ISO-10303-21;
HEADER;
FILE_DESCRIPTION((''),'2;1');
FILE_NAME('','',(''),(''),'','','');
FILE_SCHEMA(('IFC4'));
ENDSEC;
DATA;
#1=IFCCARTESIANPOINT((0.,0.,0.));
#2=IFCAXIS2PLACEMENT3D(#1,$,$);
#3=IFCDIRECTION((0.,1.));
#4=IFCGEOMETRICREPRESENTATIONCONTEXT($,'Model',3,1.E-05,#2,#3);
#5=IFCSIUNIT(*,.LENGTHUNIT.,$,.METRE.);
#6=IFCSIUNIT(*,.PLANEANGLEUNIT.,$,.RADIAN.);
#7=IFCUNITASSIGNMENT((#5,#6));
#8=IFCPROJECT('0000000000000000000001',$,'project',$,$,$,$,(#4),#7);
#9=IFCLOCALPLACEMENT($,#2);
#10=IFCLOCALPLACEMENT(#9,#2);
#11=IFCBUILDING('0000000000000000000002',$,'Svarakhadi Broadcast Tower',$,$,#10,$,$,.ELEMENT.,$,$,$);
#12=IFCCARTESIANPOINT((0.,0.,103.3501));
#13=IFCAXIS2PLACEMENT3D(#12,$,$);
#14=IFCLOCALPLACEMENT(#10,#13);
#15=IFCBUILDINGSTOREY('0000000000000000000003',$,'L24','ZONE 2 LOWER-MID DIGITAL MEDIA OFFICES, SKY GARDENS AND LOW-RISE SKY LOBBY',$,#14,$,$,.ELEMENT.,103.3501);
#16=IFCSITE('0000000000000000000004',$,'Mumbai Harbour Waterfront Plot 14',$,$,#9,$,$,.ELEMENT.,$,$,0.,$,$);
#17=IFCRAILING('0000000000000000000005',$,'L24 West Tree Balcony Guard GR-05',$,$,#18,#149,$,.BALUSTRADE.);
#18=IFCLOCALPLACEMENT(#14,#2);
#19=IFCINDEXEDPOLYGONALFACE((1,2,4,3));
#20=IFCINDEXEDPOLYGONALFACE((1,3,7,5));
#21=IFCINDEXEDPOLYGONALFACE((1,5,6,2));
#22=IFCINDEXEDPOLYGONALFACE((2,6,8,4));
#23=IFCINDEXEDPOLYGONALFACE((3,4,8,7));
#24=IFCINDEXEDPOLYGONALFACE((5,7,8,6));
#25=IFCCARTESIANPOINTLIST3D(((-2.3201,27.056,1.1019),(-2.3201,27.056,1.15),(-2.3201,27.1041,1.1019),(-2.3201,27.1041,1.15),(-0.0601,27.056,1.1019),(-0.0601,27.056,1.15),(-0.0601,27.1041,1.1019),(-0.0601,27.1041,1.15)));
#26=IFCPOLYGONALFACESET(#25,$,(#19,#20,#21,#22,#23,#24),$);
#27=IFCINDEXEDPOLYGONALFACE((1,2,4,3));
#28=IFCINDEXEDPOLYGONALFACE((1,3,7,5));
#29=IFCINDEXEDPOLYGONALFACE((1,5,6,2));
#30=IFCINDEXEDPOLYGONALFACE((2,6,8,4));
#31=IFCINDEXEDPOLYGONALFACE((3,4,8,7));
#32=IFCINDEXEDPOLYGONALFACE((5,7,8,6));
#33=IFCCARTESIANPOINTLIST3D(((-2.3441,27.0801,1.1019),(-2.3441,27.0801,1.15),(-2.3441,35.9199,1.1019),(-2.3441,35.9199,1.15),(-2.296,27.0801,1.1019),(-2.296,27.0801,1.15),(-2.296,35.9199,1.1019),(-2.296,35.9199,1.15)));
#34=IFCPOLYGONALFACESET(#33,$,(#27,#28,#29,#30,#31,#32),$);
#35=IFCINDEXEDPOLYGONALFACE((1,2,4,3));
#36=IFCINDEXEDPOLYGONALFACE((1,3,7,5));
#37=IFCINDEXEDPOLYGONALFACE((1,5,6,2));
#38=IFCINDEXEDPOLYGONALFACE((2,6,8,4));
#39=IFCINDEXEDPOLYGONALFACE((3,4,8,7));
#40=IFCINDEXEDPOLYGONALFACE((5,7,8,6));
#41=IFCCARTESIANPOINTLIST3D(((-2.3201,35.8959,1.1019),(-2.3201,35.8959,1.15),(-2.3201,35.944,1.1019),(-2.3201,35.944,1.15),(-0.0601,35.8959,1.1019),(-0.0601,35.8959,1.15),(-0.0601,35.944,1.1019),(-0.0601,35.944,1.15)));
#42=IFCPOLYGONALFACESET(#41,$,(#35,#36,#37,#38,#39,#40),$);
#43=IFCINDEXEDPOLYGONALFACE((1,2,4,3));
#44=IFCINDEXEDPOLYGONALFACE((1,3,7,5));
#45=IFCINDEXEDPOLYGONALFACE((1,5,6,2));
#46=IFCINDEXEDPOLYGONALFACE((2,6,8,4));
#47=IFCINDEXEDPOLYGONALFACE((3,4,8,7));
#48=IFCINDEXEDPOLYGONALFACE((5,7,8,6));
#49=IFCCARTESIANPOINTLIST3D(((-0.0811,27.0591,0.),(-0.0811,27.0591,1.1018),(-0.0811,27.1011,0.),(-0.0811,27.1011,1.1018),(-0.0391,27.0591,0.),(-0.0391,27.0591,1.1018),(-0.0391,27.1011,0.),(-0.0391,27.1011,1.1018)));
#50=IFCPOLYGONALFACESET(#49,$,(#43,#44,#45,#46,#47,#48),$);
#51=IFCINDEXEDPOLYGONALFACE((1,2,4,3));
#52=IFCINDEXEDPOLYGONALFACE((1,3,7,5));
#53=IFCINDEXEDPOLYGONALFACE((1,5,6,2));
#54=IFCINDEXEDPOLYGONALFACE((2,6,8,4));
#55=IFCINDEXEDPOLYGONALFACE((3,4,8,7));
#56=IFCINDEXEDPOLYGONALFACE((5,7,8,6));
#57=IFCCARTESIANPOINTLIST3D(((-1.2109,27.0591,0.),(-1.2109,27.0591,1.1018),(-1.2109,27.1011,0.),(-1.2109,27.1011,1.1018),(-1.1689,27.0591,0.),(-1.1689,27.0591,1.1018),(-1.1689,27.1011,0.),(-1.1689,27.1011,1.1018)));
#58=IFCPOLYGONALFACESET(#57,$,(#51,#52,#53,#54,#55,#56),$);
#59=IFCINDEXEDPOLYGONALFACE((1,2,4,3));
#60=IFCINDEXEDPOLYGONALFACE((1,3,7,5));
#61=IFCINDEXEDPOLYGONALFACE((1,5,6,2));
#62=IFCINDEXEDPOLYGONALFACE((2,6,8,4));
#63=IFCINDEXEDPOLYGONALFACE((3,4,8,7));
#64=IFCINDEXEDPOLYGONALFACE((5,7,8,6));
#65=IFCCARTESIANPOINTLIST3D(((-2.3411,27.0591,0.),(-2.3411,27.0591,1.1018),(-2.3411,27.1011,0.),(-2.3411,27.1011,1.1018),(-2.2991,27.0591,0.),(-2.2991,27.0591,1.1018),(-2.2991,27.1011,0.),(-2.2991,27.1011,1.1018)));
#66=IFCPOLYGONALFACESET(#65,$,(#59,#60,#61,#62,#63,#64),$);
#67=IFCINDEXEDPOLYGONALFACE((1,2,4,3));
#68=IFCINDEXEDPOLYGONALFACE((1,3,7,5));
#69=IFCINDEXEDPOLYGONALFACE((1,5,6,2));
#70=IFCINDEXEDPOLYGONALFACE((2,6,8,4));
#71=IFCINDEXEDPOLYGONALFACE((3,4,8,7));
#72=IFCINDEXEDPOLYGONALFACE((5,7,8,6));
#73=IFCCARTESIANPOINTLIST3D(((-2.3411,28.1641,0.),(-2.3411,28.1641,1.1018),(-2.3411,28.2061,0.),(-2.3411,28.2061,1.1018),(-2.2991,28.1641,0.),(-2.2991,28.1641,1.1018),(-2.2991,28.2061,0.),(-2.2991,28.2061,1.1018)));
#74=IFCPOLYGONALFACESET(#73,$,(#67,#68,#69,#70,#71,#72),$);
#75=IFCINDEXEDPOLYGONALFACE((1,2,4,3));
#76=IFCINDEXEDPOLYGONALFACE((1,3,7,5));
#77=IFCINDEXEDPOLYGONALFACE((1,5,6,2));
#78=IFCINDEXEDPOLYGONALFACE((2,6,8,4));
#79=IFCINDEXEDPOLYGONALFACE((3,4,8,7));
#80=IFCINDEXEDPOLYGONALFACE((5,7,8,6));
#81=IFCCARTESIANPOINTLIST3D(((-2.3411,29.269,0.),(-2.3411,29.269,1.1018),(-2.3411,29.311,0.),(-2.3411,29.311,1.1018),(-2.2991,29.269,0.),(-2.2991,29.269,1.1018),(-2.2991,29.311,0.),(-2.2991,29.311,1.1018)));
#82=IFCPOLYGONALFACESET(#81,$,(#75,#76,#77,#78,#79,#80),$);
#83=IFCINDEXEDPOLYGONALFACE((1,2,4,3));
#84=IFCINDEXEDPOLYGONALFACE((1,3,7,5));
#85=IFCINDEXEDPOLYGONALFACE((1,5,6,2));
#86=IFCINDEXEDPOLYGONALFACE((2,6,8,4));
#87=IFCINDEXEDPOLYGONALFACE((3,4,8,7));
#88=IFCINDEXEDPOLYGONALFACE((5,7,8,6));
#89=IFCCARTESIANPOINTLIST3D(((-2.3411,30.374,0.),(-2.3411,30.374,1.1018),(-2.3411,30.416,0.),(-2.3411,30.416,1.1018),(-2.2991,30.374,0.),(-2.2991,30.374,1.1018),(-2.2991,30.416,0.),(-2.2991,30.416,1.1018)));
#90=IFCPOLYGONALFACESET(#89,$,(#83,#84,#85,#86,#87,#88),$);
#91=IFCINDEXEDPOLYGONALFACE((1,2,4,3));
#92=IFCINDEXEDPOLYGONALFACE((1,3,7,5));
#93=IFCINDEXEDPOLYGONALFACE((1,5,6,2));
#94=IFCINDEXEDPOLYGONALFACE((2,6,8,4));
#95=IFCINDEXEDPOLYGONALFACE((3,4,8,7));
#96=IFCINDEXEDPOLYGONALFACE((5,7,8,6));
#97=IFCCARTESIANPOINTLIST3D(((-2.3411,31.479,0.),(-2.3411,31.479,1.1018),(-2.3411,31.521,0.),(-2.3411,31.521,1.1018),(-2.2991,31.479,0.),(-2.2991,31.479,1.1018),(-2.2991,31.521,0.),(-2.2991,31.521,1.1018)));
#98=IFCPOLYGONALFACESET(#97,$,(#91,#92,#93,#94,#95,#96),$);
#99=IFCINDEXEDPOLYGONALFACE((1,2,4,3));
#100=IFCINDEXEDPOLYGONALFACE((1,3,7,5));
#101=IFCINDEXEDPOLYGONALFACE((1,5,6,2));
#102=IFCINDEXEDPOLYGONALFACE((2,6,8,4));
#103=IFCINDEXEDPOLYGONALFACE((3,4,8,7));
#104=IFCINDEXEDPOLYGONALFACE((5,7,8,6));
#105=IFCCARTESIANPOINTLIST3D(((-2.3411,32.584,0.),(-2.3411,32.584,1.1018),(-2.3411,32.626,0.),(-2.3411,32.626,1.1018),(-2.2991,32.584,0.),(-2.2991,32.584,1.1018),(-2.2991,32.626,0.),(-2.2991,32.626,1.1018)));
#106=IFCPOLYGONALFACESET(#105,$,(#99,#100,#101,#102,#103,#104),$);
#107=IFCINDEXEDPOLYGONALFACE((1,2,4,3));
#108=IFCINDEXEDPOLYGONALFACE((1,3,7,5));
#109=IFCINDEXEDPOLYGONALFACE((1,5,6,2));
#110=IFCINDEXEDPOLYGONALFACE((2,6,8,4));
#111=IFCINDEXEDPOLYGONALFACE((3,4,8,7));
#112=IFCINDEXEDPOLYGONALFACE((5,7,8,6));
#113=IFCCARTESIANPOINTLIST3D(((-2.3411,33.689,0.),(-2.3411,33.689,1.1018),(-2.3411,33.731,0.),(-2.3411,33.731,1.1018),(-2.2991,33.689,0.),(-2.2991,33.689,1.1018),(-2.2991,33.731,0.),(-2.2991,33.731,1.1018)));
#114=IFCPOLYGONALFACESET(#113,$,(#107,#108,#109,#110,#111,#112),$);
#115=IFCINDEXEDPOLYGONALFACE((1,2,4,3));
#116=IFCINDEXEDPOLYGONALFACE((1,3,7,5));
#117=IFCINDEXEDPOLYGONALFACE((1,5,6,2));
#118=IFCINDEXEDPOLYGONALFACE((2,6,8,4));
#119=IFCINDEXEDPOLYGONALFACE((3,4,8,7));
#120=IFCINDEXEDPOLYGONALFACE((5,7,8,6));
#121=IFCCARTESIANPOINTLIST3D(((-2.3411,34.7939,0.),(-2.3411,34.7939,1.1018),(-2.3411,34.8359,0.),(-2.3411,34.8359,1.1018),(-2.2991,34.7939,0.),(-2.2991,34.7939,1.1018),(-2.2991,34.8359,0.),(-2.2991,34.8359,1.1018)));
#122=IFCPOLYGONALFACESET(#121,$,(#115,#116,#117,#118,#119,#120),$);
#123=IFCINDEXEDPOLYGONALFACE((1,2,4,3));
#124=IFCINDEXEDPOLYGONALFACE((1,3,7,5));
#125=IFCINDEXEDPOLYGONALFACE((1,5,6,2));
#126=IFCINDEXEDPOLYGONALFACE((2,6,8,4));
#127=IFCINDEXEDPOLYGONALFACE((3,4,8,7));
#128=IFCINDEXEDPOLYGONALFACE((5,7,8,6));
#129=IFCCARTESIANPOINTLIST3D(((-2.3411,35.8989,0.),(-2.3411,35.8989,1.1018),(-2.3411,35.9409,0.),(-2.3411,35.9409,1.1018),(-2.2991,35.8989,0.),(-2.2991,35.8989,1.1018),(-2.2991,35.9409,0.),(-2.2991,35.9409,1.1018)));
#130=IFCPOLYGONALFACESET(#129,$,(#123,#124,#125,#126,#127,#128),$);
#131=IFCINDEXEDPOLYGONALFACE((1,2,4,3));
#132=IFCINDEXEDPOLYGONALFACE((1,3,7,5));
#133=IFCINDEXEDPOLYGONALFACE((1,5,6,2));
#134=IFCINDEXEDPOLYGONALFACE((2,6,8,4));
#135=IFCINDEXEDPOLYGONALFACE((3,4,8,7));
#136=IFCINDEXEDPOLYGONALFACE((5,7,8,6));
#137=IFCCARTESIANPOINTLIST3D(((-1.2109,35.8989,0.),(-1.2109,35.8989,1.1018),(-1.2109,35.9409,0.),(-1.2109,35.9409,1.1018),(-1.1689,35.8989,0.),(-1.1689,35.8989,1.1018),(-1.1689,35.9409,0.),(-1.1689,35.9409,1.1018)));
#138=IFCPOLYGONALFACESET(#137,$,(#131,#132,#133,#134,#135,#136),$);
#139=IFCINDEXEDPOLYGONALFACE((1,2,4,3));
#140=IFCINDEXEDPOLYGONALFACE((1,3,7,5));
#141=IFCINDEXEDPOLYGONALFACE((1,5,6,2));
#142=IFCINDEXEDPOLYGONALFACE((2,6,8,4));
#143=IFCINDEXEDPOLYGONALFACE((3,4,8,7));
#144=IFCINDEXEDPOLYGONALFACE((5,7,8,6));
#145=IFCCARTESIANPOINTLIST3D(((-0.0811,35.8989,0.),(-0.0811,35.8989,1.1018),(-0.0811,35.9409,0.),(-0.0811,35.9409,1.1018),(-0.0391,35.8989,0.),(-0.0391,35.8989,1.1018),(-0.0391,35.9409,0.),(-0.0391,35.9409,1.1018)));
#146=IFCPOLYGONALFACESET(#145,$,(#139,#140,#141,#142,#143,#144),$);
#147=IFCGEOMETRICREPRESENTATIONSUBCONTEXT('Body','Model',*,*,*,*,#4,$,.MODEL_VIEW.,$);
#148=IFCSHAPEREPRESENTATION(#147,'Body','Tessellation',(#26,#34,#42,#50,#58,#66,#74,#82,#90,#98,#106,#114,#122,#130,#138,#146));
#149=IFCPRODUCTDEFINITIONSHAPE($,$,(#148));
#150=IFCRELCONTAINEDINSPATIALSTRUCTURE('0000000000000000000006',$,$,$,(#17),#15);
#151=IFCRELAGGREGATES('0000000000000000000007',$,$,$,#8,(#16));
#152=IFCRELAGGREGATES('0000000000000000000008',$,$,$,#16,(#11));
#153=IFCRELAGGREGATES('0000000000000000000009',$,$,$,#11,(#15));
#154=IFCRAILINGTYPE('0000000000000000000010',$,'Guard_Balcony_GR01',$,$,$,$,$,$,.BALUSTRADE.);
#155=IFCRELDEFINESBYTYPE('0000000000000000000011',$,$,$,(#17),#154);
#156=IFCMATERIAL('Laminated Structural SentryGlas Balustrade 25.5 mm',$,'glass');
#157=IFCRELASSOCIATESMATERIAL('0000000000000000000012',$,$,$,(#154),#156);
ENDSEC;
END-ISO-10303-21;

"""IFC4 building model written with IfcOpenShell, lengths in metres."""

from ifc_helpers import new_model, si_unit, direction, frame, origin, origin_2d, place, context, subcontext, project, spatial, rectangle, extrude, material, type_object, element, save


model = new_model("IFC4")

# Units and contexts
model_context = context("Model", 3, precision=1e-05, world=origin(), true_north=direction((0.0, 1.0)))
body_context = subcontext(model_context, "Body", "Model", "MODEL_VIEW")
ifc_project = project(units=[si_unit("LENGTHUNIT", "METRE"), si_unit("PLANEANGLEUNIT", "RADIAN")], contexts=[model_context])

# Site, building, storey
site_placement = place(None, origin())
site = spatial("IfcSite", under=ifc_project, at=site_placement, Name="Mumbai Harbour Waterfront Plot 14", CompositionType="ELEMENT", RefElevation=0.0)
building_placement = place(site_placement, origin())
building = spatial("IfcBuilding", under=site, at=building_placement, Name="Svarakhadi Broadcast Tower", CompositionType="ELEMENT")
storey_placement = place(building_placement, frame((0.0, 0.0, 103.3501)))
storey = spatial("IfcBuildingStorey", under=building, at=storey_placement, Name="L24", Description="ZONE 2 LOWER-MID DIGITAL MEDIA OFFICES, SKY GARDENS AND LOW-RISE SKY LOBBY", CompositionType="ELEMENT", Elevation=103.3501)

# Railing
ifc_material_1 = material(Name="Laminated Structural SentryGlas Balustrade 25.5 mm", Category="glass")
railing_type = type_object("IfcRailingType", Name="Guard_Balcony_GR01", PredefinedType="BALUSTRADE", material=ifc_material_1)
railing_placement = place(storey_placement, frame((-0.0601, 27.0801, 0.0)))
element("IfcRailing", 1, at=railing_placement, inside=storey, type_object=railing_type, Name="L24 West Tree Balcony Guard GR-05", PredefinedType="BALUSTRADE", context=body_context, shape_type="SweptSolid", body=[
    extrude(rectangle(XDim=0.0481, YDim=0.0481, at=origin_2d()), frame((0.0, 0.0, 1.126), z_axis=(-1.0, 0.0, 0.0), x_axis=(0.0, -1.0, 0.0)), (0.0, 0.0, 1.0), 2.26),
    extrude(rectangle(XDim=0.0481, YDim=0.0481, at=origin_2d()), frame((-2.26, 0.0, 1.126), z_axis=(0.0, 1.0, 0.0), x_axis=(-1.0, 0.0, 0.0)), (0.0, 0.0, 1.0), 8.8398),
    extrude(rectangle(XDim=0.0481, YDim=0.0481, at=origin_2d()), frame((-2.26, 8.8398, 1.126), z_axis=(1.0, 0.0, 0.0), x_axis=(0.0, 1.0, 0.0)), (0.0, 0.0, 1.0), 2.26),
    extrude(rectangle(XDim=0.042, YDim=0.042, at=origin_2d()), origin(), (0.0, 0.0, 1.0), 1.1018),
    extrude(rectangle(XDim=0.042, YDim=0.042, at=origin_2d()), frame((-1.1299, 0.0, 0.0)), (0.0, 0.0, 1.0), 1.1018),
    extrude(rectangle(XDim=0.042, YDim=0.042, at=origin_2d()), frame((-2.26, 0.0, 0.0)), (0.0, 0.0, 1.0), 1.1018),
    extrude(rectangle(XDim=0.042, YDim=0.042, at=origin_2d()), frame((-2.26, 1.105, 0.0)), (0.0, 0.0, 1.0), 1.1018),
    extrude(rectangle(XDim=0.042, YDim=0.042, at=origin_2d()), frame((-2.26, 2.21, 0.0)), (0.0, 0.0, 1.0), 1.1018),
    extrude(rectangle(XDim=0.042, YDim=0.042, at=origin_2d()), frame((-2.26, 3.3149, 0.0)), (0.0, 0.0, 1.0), 1.1018),
    extrude(rectangle(XDim=0.042, YDim=0.042, at=origin_2d()), frame((-2.26, 4.4199, 0.0)), (0.0, 0.0, 1.0), 1.1018),
    extrude(rectangle(XDim=0.042, YDim=0.042, at=origin_2d()), frame((-2.26, 5.5249, 0.0)), (0.0, 0.0, 1.0), 1.1018),
    extrude(rectangle(XDim=0.042, YDim=0.042, at=origin_2d()), frame((-2.26, 6.6299, 0.0)), (0.0, 0.0, 1.0), 1.1018),
    extrude(rectangle(XDim=0.042, YDim=0.042, at=origin_2d()), frame((-2.26, 7.7349, 0.0)), (0.0, 0.0, 1.0), 1.1018),
    extrude(rectangle(XDim=0.042, YDim=0.042, at=origin_2d()), frame((-2.26, 8.8398, 0.0)), (0.0, 0.0, 1.0), 1.1018),
    extrude(rectangle(XDim=0.042, YDim=0.042, at=origin_2d()), frame((-1.1299, 8.8398, 0.0)), (0.0, 0.0, 1.0), 1.1018),
    extrude(rectangle(XDim=0.042, YDim=0.042, at=origin_2d()), frame((0.0, 8.8398, 0.0)), (0.0, 0.0, 1.0), 1.1018),
])

save(model, "model.ifc")
